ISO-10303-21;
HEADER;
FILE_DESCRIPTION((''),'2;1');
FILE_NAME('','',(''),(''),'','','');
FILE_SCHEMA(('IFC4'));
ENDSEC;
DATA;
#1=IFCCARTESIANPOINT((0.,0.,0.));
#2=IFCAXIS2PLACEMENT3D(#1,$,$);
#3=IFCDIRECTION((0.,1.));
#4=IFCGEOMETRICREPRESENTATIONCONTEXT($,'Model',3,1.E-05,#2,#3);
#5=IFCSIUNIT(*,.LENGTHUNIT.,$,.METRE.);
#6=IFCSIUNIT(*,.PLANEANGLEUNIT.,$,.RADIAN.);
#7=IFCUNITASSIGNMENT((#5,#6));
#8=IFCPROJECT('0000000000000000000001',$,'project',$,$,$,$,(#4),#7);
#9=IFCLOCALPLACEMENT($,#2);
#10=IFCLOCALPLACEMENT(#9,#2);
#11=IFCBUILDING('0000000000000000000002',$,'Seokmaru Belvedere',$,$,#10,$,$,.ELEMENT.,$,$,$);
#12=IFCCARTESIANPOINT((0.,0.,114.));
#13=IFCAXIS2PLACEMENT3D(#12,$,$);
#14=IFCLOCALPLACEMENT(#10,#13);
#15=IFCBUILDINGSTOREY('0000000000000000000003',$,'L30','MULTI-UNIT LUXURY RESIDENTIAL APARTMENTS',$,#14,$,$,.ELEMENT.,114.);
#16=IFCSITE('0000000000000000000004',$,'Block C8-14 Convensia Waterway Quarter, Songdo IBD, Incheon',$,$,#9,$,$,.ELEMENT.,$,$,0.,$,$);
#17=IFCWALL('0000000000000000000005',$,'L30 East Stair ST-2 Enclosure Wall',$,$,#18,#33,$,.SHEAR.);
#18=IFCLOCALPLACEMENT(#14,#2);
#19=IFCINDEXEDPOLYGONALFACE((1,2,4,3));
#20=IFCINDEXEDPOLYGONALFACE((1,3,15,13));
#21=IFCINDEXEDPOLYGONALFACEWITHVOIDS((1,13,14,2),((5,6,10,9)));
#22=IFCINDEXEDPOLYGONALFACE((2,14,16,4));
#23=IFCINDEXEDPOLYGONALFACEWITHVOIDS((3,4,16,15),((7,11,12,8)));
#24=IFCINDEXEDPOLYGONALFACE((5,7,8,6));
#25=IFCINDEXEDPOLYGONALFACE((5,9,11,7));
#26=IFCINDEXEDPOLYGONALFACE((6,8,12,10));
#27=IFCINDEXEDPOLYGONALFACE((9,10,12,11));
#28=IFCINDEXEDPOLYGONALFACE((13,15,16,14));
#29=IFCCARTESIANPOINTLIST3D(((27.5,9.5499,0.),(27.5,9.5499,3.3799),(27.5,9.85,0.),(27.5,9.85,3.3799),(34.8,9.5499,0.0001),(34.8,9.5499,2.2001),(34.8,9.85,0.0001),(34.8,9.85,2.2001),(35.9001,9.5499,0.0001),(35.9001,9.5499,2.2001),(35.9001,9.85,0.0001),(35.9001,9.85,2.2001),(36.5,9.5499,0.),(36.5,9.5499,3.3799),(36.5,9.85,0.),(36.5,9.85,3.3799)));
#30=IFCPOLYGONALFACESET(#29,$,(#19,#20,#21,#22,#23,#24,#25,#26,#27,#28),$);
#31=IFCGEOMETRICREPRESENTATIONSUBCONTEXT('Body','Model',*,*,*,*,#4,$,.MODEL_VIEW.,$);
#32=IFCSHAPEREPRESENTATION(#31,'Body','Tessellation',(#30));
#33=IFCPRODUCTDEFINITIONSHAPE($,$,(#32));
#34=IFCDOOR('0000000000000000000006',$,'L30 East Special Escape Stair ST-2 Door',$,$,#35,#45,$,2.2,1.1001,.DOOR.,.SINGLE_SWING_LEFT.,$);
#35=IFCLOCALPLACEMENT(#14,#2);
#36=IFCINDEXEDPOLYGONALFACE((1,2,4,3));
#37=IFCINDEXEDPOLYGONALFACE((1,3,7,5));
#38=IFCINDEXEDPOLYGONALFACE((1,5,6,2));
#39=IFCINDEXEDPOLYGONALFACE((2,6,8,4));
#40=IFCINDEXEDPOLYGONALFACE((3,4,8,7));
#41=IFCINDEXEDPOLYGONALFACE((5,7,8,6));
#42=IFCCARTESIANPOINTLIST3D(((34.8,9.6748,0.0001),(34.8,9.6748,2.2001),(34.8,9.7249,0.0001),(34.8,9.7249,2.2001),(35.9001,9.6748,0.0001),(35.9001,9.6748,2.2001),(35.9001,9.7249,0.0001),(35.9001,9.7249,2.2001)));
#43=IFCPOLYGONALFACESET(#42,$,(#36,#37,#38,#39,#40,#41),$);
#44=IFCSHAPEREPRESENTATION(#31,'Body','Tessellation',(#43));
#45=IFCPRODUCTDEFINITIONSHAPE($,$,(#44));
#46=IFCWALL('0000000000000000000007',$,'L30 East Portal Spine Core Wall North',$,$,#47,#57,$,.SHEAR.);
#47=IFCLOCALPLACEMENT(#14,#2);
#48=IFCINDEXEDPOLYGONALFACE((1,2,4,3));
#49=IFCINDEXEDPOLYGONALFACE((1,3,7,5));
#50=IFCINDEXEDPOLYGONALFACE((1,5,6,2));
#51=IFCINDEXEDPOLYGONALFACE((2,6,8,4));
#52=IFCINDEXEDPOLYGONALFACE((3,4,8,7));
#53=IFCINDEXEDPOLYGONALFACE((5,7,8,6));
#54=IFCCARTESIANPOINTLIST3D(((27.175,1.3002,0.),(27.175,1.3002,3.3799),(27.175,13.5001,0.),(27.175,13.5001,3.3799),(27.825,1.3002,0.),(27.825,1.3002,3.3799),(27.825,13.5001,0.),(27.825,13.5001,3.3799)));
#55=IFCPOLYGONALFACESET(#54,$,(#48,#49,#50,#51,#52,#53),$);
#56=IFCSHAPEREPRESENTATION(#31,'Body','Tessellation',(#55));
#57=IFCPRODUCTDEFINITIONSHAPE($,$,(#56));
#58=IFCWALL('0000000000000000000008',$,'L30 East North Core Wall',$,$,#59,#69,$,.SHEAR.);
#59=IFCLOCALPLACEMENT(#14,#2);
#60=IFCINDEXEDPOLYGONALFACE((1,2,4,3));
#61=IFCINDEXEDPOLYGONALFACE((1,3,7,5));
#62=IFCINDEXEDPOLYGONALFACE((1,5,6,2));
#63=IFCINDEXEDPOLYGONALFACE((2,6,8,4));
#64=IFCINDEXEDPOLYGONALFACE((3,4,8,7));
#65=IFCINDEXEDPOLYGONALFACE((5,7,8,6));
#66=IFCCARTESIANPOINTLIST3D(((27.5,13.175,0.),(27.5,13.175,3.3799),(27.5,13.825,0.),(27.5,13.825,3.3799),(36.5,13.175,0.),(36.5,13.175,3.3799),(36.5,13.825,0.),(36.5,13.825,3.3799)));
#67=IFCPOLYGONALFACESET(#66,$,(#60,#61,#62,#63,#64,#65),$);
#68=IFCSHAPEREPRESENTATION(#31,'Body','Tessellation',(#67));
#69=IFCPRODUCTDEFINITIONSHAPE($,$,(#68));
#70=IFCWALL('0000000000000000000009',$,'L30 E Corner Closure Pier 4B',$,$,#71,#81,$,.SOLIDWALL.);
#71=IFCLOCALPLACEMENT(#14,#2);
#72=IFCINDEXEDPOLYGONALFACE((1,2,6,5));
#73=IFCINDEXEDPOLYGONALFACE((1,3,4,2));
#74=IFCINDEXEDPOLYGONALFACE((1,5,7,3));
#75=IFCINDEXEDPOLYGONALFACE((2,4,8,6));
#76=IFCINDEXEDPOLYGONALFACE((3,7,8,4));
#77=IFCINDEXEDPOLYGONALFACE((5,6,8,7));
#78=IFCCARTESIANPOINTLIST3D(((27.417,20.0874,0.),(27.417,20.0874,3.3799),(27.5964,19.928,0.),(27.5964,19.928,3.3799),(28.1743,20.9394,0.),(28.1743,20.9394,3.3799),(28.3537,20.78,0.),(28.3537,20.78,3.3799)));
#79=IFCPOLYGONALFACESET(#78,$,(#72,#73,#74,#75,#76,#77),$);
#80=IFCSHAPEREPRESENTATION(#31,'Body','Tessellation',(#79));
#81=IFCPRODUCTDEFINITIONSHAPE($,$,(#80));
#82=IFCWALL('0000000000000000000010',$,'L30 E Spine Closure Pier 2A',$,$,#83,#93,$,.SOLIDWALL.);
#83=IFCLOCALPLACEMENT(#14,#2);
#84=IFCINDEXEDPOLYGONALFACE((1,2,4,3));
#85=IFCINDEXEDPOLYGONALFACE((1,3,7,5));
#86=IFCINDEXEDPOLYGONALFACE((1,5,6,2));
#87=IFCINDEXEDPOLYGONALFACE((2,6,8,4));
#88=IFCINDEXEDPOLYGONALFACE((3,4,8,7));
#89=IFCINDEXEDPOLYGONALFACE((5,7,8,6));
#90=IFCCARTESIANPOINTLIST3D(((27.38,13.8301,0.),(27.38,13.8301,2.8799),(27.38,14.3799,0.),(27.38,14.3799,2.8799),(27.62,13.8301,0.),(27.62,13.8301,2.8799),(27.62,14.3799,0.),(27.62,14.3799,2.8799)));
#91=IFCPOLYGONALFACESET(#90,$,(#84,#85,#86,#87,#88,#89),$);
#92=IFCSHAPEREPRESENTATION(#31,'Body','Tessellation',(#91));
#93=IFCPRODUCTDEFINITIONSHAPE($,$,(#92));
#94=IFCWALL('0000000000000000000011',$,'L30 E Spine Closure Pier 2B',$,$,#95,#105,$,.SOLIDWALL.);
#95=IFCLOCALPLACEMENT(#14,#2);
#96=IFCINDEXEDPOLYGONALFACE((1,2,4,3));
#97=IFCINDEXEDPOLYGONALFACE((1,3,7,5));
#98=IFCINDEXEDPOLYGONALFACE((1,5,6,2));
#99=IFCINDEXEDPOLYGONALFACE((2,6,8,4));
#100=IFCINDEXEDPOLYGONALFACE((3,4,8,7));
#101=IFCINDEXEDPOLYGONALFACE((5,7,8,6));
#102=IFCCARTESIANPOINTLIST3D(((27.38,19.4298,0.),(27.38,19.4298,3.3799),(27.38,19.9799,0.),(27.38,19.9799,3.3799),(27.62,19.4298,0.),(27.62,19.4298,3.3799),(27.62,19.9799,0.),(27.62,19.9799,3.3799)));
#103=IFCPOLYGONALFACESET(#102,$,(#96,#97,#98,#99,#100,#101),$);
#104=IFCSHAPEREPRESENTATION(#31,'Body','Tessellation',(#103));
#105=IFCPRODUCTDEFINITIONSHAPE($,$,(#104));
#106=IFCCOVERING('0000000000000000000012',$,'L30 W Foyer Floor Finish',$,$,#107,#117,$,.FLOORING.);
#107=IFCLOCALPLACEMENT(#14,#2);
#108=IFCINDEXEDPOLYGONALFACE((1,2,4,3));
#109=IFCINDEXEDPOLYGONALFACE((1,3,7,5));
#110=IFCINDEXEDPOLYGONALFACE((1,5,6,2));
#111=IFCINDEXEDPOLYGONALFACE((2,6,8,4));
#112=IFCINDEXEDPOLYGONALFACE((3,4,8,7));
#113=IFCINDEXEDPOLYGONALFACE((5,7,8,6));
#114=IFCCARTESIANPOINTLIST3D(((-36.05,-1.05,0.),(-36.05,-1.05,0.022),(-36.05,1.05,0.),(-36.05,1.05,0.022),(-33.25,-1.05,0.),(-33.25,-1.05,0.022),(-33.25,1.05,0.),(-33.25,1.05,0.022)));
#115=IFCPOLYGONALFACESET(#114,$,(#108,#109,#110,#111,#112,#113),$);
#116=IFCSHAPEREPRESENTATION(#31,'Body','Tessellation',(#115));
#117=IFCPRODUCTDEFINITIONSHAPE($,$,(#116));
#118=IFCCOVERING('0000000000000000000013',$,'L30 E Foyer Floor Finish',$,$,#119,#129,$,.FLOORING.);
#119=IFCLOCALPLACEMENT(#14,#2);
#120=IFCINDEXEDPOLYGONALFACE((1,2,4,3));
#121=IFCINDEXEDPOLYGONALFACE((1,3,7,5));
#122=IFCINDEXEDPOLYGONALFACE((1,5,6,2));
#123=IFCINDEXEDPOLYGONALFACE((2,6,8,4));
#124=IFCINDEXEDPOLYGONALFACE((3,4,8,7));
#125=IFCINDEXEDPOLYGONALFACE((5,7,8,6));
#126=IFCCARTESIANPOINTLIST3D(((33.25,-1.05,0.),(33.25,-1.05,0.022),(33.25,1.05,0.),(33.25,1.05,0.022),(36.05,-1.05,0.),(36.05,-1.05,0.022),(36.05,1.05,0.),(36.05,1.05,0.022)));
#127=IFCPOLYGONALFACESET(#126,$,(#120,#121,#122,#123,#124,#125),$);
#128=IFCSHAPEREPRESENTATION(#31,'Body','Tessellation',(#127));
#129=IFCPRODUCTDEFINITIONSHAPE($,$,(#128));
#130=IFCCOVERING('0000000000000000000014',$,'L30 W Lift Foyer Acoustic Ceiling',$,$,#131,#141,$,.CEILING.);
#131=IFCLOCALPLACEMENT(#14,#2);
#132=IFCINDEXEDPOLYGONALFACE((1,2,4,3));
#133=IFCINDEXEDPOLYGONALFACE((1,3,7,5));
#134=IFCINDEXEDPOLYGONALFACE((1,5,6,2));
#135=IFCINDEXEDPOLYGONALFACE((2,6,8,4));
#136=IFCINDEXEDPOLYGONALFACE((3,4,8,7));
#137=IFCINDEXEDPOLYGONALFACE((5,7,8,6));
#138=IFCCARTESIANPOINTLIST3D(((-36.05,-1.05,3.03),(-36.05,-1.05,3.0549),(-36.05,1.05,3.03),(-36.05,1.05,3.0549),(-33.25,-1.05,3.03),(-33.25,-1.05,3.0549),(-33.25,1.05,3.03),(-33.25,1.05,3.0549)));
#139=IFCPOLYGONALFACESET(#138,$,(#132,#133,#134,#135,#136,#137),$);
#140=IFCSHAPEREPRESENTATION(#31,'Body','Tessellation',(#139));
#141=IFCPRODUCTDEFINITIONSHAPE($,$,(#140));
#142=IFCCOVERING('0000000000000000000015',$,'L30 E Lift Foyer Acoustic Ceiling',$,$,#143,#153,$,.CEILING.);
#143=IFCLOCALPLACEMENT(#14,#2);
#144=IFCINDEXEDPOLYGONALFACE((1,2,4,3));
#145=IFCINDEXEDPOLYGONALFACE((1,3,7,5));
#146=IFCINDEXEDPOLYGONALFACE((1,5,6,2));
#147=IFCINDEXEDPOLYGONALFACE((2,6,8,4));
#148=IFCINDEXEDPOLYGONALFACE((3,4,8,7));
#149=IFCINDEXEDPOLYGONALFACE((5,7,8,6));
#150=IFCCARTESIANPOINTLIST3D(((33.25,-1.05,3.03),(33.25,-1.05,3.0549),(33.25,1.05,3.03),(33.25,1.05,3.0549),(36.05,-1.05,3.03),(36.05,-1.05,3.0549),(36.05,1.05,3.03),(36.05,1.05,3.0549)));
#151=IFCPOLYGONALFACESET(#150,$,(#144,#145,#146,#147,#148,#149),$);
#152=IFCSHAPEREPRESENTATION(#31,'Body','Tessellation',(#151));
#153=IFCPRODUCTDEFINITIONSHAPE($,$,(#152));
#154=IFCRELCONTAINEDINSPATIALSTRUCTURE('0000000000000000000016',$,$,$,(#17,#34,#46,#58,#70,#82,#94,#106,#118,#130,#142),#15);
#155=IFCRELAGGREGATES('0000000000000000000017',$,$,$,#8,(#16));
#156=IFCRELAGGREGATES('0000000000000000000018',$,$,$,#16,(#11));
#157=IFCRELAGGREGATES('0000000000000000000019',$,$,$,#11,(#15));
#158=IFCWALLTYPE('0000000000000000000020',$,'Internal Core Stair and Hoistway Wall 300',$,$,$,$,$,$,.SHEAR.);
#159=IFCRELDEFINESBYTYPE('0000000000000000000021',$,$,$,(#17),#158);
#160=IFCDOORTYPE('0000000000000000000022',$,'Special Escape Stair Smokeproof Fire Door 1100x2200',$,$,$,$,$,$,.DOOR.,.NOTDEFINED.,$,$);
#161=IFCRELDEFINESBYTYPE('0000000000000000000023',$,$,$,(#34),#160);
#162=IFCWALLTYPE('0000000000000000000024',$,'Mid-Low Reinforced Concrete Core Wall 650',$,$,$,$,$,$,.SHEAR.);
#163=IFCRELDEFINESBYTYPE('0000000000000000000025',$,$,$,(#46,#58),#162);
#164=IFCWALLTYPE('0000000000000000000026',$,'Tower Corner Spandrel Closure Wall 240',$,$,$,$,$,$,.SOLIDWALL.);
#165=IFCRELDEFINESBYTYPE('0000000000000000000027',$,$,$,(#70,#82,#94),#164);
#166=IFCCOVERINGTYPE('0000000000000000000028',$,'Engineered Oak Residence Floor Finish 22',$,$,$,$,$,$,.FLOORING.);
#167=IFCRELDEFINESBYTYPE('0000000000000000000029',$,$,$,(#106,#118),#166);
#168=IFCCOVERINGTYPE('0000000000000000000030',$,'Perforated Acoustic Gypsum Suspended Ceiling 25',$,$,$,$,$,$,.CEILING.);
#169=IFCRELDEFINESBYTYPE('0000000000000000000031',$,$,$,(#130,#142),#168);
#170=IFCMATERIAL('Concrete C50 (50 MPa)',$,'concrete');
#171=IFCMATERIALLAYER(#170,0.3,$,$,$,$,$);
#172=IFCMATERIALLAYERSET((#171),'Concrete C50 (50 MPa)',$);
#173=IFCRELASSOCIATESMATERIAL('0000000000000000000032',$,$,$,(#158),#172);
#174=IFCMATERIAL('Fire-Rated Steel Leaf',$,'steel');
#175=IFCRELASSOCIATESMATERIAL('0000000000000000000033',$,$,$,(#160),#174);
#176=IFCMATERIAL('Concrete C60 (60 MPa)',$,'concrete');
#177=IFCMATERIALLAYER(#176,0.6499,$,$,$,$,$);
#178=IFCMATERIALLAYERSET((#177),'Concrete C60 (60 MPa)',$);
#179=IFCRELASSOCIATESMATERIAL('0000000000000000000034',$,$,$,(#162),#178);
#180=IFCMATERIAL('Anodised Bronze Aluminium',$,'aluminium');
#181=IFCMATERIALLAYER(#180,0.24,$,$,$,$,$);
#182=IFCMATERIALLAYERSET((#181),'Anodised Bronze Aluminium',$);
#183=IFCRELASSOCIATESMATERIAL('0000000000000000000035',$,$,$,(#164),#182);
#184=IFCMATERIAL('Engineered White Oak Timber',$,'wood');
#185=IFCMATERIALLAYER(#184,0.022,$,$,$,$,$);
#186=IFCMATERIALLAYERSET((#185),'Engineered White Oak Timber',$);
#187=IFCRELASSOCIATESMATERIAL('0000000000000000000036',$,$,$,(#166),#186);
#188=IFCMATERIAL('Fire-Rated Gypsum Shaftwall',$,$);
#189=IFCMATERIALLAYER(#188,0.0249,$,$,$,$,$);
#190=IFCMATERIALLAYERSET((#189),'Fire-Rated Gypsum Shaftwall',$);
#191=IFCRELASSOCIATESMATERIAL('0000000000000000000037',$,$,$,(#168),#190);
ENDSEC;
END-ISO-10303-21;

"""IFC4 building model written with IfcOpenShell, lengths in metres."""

from ifc_helpers import new_model, si_unit, direction, frame, frame_2d, origin, place, context, subcontext, project, spatial, polyline, rectangle, outline, extrude, source, transform, mapped, material, layer, layer_set, type_object, type_shapes, element, fill, save


model = new_model("IFC4")

# Units and contexts
model_context = context("Model", 3, precision=1e-05, world=origin(), true_north=direction((0.0, 1.0)))
body_context = subcontext(model_context, "Body", "Model", "MODEL_VIEW")
ifc_project = project(units=[si_unit("LENGTHUNIT", "METRE"), si_unit("PLANEANGLEUNIT", "RADIAN")], contexts=[model_context])

# Site, building, storey
site_placement = place(None, origin())
site = spatial("IfcSite", under=ifc_project, at=site_placement, Name="Block C8-14 Convensia Waterway Quarter, Songdo IBD, Incheon", CompositionType="ELEMENT", RefElevation=0.0)
building_placement = place(site_placement, origin())
building = spatial("IfcBuilding", under=site, at=building_placement, Name="Seokmaru Belvedere", CompositionType="ELEMENT")
storey_placement = place(building_placement, frame((0.0, 0.0, 114.0)))
storey = spatial("IfcBuildingStorey", under=building, at=storey_placement, Name="L30", Description="MULTI-UNIT LUXURY RESIDENTIAL APARTMENTS", CompositionType="ELEMENT", Elevation=114.0)

# Shared definitions
ifc_material_1 = material(Name="Anodised Bronze Aluminium", Category="aluminium")

# Shared definitions
ifc_material_2 = material(Name="Fire-Rated Gypsum Shaftwall")

# Shared definitions
ifc_material_3 = material(Name="Concrete C50 (50 MPa)", Category="concrete")

# Wall, opening, door
ifc_layer_1 = layer(ifc_material_3, 0.3)
ifc_layer_set_1 = layer_set([ifc_layer_1], Name="Concrete C50 (50 MPa)")
wall_type_1 = type_object("IfcWallType", Name="Internal Core Stair and Hoistway Wall 300", PredefinedType="SHEAR", material=ifc_layer_set_1)
wall_1_placement = place(storey_placement, frame((27.5, 9.7, 0.0), z_axis=(0.0, 0.0, 1.0), x_axis=(1.0, 0.0, 0.0)))
wall_1 = element("IfcWall", 1, at=wall_1_placement, inside=storey, type_object=wall_type_1, Name="L30 East Stair ST-2 Enclosure Wall", PredefinedType="SHEAR", context=body_context, shape_type="SweptSolid", body=[
    extrude(rectangle(XDim=9.0, YDim=0.3, at=frame_2d((4.5, 0.0))), origin(), (0.0, 0.0, 1.0), 3.3799),
])
opening_1_placement = place(wall_1_placement, frame((7.3, 0.0, 0.0)))
opening_1 = element("IfcOpeningElement", 2, at=opening_1_placement, cuts=wall_1, PredefinedType="OPENING", context=body_context, shape_type="SweptSolid", body=[
    extrude(rectangle(XDim=1.1001, YDim=2.2, at=frame_2d((0.55, 1.1001))), frame((0.0, 0.1602, 0.0), z_axis=(0.0, -1.0, 0.0), x_axis=(1.0, 0.0, 0.0)), (0.0, 0.0, 1.0), 0.3201),
])
ifc_material_4 = material(Name="Fire-Rated Steel Leaf", Category="steel")
door_type = type_object("IfcDoorType", Name="Special Escape Stair Smokeproof Fire Door 1100x2200", OperationType="NOTDEFINED", PredefinedType="DOOR", material=ifc_material_4)
shared_shape_1 = source(origin(), body_context, "Body", "SweptSolid", [
    extrude(rectangle(XDim=1.1001, YDim=2.2, at=frame_2d((0.55, 1.1001))), frame((0.0, 0.0249, 0.0), z_axis=(0.0, -1.0, 0.0), x_axis=(1.0, 0.0, 0.0)), (0.0, 0.0, 1.0), 0.05),
])
type_shapes(door_type, [shared_shape_1])
door_placement = place(opening_1_placement, origin())
door = element("IfcDoor", 3, at=door_placement, inside=storey, type_object=door_type, Name="L30 East Special Escape Stair ST-2 Door", OperationType="SINGLE_SWING_LEFT", OverallHeight=2.2, OverallWidth=1.1001, PredefinedType="DOOR", context=body_context, shape_type="MappedRepresentation", body=[
    mapped(shared_shape_1, transform((0.0, 0.0, 0.0), scale=1.0)),
])
fill(opening_1, door)

# Walls
ifc_material_5 = material(Name="Concrete C60 (60 MPa)", Category="concrete")
ifc_layer_2 = layer(ifc_material_5, 0.6499)
ifc_layer_set_2 = layer_set([ifc_layer_2], Name="Concrete C60 (60 MPa)")
wall_type_2 = type_object("IfcWallType", Name="Mid-Low Reinforced Concrete Core Wall 650", PredefinedType="SHEAR", material=ifc_layer_set_2)
wall_2_placement = place(storey_placement, frame((27.5, 1.3, 0.0), z_axis=(0.0, 0.0, 1.0), x_axis=(0.0, 1.0, 0.0)))
element("IfcWall", 4, at=wall_2_placement, inside=storey, type_object=wall_type_2, Name="L30 East Portal Spine Core Wall North", PredefinedType="SHEAR", context=body_context, shape_type="SweptSolid", body=[
    extrude(rectangle(XDim=12.2, YDim=0.6499, at=frame_2d((6.1001, 0.0))), origin(), (0.0, 0.0, 1.0), 3.3799),
])
wall_3_placement = place(storey_placement, frame((27.5, 13.5, 0.0), z_axis=(0.0, 0.0, 1.0), x_axis=(1.0, 0.0, 0.0)))
element("IfcWall", 5, at=wall_3_placement, inside=storey, type_object=wall_type_2, Name="L30 East North Core Wall", PredefinedType="SHEAR", context=body_context, shape_type="SweptSolid", body=[
    extrude(rectangle(XDim=9.0, YDim=0.6499, at=frame_2d((4.5, 0.0))), origin(), (0.0, 0.0, 1.0), 3.3799),
])
ifc_layer_3 = layer(ifc_material_1, 0.24)
ifc_layer_set_3 = layer_set([ifc_layer_3], Name="Anodised Bronze Aluminium")
wall_type_3 = type_object("IfcWallType", Name="Tower Corner Spandrel Closure Wall 240", PredefinedType="SOLIDWALL", material=ifc_layer_set_3)
wall_4_placement = place(storey_placement, frame((28.2639, 20.8596, 0.0), z_axis=(0.0, 0.0, 1.0), x_axis=(-0.664337, -0.747433, 0.0)))
element("IfcWall", 6, at=wall_4_placement, inside=storey, type_object=wall_type_3, Name="L30 E Corner Closure Pier 4B", PredefinedType="SOLIDWALL", context=body_context, shape_type="SweptSolid", body=[
    extrude(rectangle(XDim=1.1399, YDim=0.24, at=frame_2d((0.5698, 0.0))), origin(), (0.0, 0.0, 1.0), 3.3799),
])
wall_5_placement = place(storey_placement, frame((27.5, 13.8301, 0.0), z_axis=(0.0, 0.0, 1.0), x_axis=(0.0, 1.0, 0.0)))
element("IfcWall", 7, at=wall_5_placement, inside=storey, type_object=wall_type_3, Name="L30 E Spine Closure Pier 2A", PredefinedType="SOLIDWALL", context=body_context, shape_type="SweptSolid", body=[
    extrude(rectangle(XDim=0.5498, YDim=0.24, at=frame_2d((0.2749, 0.0))), origin(), (0.0, 0.0, 1.0), 2.8799),
])
wall_6_placement = place(storey_placement, frame((27.5, 19.4299, 0.0), z_axis=(0.0, 0.0, 1.0), x_axis=(0.0, 1.0, 0.0)))
element("IfcWall", 8, at=wall_6_placement, inside=storey, type_object=wall_type_3, Name="L30 E Spine Closure Pier 2B", PredefinedType="SOLIDWALL", context=body_context, shape_type="SweptSolid", body=[
    extrude(rectangle(XDim=0.55, YDim=0.24, at=frame_2d((0.2749, 0.0))), origin(), (0.0, 0.0, 1.0), 3.3799),
])

# Coverings
ifc_material_6 = material(Name="Engineered White Oak Timber", Category="wood")
ifc_layer_4 = layer(ifc_material_6, 0.022)
ifc_layer_set_4 = layer_set([ifc_layer_4], Name="Engineered White Oak Timber")
covering_type_1 = type_object("IfcCoveringType", Name="Engineered Oak Residence Floor Finish 22", PredefinedType="FLOORING", material=ifc_layer_set_4)
covering_1_placement = place(storey_placement, origin())
element("IfcCovering", 9, at=covering_1_placement, inside=storey, type_object=covering_type_1, Name="L30 W Foyer Floor Finish", PredefinedType="FLOORING", context=body_context, shape_type="SweptSolid", body=[
    extrude(outline(polyline([(-36.05, -1.05), (-33.25, -1.05), (-33.25, 1.05), (-36.05, 1.05), (-36.05, -1.05)])), origin(), (0.0, 0.0, 1.0), 0.022),
])
covering_2_placement = place(storey_placement, origin())
element("IfcCovering", 10, at=covering_2_placement, inside=storey, type_object=covering_type_1, Name="L30 E Foyer Floor Finish", PredefinedType="FLOORING", context=body_context, shape_type="SweptSolid", body=[
    extrude(outline(polyline([(33.25, -1.05), (36.05, -1.05), (36.05, 1.05), (33.25, 1.05), (33.25, -1.05)])), origin(), (0.0, 0.0, 1.0), 0.022),
])
ifc_layer_5 = layer(ifc_material_2, 0.0249)
ifc_layer_set_5 = layer_set([ifc_layer_5], Name="Fire-Rated Gypsum Shaftwall")
covering_type_2 = type_object("IfcCoveringType", Name="Perforated Acoustic Gypsum Suspended Ceiling 25", PredefinedType="CEILING", material=ifc_layer_set_5)
covering_3_placement = place(storey_placement, frame((0.0, 0.0, 3.03)))
element("IfcCovering", 11, at=covering_3_placement, inside=storey, type_object=covering_type_2, Name="L30 W Lift Foyer Acoustic Ceiling", PredefinedType="CEILING", context=body_context, shape_type="SweptSolid", body=[
    extrude(outline(polyline([(-36.05, -1.05), (-33.25, -1.05), (-33.25, 1.05), (-36.05, 1.05), (-36.05, -1.05)])), origin(), (0.0, 0.0, 1.0), 0.0249),
])
covering_4_placement = place(storey_placement, frame((0.0, 0.0, 3.03)))
element("IfcCovering", 12, at=covering_4_placement, inside=storey, type_object=covering_type_2, Name="L30 E Lift Foyer Acoustic Ceiling", PredefinedType="CEILING", context=body_context, shape_type="SweptSolid", body=[
    extrude(outline(polyline([(33.25, -1.05), (36.05, -1.05), (36.05, 1.05), (33.25, 1.05), (33.25, -1.05)])), origin(), (0.0, 0.0, 1.0), 0.0249),
])

save(model, "model.ifc")
